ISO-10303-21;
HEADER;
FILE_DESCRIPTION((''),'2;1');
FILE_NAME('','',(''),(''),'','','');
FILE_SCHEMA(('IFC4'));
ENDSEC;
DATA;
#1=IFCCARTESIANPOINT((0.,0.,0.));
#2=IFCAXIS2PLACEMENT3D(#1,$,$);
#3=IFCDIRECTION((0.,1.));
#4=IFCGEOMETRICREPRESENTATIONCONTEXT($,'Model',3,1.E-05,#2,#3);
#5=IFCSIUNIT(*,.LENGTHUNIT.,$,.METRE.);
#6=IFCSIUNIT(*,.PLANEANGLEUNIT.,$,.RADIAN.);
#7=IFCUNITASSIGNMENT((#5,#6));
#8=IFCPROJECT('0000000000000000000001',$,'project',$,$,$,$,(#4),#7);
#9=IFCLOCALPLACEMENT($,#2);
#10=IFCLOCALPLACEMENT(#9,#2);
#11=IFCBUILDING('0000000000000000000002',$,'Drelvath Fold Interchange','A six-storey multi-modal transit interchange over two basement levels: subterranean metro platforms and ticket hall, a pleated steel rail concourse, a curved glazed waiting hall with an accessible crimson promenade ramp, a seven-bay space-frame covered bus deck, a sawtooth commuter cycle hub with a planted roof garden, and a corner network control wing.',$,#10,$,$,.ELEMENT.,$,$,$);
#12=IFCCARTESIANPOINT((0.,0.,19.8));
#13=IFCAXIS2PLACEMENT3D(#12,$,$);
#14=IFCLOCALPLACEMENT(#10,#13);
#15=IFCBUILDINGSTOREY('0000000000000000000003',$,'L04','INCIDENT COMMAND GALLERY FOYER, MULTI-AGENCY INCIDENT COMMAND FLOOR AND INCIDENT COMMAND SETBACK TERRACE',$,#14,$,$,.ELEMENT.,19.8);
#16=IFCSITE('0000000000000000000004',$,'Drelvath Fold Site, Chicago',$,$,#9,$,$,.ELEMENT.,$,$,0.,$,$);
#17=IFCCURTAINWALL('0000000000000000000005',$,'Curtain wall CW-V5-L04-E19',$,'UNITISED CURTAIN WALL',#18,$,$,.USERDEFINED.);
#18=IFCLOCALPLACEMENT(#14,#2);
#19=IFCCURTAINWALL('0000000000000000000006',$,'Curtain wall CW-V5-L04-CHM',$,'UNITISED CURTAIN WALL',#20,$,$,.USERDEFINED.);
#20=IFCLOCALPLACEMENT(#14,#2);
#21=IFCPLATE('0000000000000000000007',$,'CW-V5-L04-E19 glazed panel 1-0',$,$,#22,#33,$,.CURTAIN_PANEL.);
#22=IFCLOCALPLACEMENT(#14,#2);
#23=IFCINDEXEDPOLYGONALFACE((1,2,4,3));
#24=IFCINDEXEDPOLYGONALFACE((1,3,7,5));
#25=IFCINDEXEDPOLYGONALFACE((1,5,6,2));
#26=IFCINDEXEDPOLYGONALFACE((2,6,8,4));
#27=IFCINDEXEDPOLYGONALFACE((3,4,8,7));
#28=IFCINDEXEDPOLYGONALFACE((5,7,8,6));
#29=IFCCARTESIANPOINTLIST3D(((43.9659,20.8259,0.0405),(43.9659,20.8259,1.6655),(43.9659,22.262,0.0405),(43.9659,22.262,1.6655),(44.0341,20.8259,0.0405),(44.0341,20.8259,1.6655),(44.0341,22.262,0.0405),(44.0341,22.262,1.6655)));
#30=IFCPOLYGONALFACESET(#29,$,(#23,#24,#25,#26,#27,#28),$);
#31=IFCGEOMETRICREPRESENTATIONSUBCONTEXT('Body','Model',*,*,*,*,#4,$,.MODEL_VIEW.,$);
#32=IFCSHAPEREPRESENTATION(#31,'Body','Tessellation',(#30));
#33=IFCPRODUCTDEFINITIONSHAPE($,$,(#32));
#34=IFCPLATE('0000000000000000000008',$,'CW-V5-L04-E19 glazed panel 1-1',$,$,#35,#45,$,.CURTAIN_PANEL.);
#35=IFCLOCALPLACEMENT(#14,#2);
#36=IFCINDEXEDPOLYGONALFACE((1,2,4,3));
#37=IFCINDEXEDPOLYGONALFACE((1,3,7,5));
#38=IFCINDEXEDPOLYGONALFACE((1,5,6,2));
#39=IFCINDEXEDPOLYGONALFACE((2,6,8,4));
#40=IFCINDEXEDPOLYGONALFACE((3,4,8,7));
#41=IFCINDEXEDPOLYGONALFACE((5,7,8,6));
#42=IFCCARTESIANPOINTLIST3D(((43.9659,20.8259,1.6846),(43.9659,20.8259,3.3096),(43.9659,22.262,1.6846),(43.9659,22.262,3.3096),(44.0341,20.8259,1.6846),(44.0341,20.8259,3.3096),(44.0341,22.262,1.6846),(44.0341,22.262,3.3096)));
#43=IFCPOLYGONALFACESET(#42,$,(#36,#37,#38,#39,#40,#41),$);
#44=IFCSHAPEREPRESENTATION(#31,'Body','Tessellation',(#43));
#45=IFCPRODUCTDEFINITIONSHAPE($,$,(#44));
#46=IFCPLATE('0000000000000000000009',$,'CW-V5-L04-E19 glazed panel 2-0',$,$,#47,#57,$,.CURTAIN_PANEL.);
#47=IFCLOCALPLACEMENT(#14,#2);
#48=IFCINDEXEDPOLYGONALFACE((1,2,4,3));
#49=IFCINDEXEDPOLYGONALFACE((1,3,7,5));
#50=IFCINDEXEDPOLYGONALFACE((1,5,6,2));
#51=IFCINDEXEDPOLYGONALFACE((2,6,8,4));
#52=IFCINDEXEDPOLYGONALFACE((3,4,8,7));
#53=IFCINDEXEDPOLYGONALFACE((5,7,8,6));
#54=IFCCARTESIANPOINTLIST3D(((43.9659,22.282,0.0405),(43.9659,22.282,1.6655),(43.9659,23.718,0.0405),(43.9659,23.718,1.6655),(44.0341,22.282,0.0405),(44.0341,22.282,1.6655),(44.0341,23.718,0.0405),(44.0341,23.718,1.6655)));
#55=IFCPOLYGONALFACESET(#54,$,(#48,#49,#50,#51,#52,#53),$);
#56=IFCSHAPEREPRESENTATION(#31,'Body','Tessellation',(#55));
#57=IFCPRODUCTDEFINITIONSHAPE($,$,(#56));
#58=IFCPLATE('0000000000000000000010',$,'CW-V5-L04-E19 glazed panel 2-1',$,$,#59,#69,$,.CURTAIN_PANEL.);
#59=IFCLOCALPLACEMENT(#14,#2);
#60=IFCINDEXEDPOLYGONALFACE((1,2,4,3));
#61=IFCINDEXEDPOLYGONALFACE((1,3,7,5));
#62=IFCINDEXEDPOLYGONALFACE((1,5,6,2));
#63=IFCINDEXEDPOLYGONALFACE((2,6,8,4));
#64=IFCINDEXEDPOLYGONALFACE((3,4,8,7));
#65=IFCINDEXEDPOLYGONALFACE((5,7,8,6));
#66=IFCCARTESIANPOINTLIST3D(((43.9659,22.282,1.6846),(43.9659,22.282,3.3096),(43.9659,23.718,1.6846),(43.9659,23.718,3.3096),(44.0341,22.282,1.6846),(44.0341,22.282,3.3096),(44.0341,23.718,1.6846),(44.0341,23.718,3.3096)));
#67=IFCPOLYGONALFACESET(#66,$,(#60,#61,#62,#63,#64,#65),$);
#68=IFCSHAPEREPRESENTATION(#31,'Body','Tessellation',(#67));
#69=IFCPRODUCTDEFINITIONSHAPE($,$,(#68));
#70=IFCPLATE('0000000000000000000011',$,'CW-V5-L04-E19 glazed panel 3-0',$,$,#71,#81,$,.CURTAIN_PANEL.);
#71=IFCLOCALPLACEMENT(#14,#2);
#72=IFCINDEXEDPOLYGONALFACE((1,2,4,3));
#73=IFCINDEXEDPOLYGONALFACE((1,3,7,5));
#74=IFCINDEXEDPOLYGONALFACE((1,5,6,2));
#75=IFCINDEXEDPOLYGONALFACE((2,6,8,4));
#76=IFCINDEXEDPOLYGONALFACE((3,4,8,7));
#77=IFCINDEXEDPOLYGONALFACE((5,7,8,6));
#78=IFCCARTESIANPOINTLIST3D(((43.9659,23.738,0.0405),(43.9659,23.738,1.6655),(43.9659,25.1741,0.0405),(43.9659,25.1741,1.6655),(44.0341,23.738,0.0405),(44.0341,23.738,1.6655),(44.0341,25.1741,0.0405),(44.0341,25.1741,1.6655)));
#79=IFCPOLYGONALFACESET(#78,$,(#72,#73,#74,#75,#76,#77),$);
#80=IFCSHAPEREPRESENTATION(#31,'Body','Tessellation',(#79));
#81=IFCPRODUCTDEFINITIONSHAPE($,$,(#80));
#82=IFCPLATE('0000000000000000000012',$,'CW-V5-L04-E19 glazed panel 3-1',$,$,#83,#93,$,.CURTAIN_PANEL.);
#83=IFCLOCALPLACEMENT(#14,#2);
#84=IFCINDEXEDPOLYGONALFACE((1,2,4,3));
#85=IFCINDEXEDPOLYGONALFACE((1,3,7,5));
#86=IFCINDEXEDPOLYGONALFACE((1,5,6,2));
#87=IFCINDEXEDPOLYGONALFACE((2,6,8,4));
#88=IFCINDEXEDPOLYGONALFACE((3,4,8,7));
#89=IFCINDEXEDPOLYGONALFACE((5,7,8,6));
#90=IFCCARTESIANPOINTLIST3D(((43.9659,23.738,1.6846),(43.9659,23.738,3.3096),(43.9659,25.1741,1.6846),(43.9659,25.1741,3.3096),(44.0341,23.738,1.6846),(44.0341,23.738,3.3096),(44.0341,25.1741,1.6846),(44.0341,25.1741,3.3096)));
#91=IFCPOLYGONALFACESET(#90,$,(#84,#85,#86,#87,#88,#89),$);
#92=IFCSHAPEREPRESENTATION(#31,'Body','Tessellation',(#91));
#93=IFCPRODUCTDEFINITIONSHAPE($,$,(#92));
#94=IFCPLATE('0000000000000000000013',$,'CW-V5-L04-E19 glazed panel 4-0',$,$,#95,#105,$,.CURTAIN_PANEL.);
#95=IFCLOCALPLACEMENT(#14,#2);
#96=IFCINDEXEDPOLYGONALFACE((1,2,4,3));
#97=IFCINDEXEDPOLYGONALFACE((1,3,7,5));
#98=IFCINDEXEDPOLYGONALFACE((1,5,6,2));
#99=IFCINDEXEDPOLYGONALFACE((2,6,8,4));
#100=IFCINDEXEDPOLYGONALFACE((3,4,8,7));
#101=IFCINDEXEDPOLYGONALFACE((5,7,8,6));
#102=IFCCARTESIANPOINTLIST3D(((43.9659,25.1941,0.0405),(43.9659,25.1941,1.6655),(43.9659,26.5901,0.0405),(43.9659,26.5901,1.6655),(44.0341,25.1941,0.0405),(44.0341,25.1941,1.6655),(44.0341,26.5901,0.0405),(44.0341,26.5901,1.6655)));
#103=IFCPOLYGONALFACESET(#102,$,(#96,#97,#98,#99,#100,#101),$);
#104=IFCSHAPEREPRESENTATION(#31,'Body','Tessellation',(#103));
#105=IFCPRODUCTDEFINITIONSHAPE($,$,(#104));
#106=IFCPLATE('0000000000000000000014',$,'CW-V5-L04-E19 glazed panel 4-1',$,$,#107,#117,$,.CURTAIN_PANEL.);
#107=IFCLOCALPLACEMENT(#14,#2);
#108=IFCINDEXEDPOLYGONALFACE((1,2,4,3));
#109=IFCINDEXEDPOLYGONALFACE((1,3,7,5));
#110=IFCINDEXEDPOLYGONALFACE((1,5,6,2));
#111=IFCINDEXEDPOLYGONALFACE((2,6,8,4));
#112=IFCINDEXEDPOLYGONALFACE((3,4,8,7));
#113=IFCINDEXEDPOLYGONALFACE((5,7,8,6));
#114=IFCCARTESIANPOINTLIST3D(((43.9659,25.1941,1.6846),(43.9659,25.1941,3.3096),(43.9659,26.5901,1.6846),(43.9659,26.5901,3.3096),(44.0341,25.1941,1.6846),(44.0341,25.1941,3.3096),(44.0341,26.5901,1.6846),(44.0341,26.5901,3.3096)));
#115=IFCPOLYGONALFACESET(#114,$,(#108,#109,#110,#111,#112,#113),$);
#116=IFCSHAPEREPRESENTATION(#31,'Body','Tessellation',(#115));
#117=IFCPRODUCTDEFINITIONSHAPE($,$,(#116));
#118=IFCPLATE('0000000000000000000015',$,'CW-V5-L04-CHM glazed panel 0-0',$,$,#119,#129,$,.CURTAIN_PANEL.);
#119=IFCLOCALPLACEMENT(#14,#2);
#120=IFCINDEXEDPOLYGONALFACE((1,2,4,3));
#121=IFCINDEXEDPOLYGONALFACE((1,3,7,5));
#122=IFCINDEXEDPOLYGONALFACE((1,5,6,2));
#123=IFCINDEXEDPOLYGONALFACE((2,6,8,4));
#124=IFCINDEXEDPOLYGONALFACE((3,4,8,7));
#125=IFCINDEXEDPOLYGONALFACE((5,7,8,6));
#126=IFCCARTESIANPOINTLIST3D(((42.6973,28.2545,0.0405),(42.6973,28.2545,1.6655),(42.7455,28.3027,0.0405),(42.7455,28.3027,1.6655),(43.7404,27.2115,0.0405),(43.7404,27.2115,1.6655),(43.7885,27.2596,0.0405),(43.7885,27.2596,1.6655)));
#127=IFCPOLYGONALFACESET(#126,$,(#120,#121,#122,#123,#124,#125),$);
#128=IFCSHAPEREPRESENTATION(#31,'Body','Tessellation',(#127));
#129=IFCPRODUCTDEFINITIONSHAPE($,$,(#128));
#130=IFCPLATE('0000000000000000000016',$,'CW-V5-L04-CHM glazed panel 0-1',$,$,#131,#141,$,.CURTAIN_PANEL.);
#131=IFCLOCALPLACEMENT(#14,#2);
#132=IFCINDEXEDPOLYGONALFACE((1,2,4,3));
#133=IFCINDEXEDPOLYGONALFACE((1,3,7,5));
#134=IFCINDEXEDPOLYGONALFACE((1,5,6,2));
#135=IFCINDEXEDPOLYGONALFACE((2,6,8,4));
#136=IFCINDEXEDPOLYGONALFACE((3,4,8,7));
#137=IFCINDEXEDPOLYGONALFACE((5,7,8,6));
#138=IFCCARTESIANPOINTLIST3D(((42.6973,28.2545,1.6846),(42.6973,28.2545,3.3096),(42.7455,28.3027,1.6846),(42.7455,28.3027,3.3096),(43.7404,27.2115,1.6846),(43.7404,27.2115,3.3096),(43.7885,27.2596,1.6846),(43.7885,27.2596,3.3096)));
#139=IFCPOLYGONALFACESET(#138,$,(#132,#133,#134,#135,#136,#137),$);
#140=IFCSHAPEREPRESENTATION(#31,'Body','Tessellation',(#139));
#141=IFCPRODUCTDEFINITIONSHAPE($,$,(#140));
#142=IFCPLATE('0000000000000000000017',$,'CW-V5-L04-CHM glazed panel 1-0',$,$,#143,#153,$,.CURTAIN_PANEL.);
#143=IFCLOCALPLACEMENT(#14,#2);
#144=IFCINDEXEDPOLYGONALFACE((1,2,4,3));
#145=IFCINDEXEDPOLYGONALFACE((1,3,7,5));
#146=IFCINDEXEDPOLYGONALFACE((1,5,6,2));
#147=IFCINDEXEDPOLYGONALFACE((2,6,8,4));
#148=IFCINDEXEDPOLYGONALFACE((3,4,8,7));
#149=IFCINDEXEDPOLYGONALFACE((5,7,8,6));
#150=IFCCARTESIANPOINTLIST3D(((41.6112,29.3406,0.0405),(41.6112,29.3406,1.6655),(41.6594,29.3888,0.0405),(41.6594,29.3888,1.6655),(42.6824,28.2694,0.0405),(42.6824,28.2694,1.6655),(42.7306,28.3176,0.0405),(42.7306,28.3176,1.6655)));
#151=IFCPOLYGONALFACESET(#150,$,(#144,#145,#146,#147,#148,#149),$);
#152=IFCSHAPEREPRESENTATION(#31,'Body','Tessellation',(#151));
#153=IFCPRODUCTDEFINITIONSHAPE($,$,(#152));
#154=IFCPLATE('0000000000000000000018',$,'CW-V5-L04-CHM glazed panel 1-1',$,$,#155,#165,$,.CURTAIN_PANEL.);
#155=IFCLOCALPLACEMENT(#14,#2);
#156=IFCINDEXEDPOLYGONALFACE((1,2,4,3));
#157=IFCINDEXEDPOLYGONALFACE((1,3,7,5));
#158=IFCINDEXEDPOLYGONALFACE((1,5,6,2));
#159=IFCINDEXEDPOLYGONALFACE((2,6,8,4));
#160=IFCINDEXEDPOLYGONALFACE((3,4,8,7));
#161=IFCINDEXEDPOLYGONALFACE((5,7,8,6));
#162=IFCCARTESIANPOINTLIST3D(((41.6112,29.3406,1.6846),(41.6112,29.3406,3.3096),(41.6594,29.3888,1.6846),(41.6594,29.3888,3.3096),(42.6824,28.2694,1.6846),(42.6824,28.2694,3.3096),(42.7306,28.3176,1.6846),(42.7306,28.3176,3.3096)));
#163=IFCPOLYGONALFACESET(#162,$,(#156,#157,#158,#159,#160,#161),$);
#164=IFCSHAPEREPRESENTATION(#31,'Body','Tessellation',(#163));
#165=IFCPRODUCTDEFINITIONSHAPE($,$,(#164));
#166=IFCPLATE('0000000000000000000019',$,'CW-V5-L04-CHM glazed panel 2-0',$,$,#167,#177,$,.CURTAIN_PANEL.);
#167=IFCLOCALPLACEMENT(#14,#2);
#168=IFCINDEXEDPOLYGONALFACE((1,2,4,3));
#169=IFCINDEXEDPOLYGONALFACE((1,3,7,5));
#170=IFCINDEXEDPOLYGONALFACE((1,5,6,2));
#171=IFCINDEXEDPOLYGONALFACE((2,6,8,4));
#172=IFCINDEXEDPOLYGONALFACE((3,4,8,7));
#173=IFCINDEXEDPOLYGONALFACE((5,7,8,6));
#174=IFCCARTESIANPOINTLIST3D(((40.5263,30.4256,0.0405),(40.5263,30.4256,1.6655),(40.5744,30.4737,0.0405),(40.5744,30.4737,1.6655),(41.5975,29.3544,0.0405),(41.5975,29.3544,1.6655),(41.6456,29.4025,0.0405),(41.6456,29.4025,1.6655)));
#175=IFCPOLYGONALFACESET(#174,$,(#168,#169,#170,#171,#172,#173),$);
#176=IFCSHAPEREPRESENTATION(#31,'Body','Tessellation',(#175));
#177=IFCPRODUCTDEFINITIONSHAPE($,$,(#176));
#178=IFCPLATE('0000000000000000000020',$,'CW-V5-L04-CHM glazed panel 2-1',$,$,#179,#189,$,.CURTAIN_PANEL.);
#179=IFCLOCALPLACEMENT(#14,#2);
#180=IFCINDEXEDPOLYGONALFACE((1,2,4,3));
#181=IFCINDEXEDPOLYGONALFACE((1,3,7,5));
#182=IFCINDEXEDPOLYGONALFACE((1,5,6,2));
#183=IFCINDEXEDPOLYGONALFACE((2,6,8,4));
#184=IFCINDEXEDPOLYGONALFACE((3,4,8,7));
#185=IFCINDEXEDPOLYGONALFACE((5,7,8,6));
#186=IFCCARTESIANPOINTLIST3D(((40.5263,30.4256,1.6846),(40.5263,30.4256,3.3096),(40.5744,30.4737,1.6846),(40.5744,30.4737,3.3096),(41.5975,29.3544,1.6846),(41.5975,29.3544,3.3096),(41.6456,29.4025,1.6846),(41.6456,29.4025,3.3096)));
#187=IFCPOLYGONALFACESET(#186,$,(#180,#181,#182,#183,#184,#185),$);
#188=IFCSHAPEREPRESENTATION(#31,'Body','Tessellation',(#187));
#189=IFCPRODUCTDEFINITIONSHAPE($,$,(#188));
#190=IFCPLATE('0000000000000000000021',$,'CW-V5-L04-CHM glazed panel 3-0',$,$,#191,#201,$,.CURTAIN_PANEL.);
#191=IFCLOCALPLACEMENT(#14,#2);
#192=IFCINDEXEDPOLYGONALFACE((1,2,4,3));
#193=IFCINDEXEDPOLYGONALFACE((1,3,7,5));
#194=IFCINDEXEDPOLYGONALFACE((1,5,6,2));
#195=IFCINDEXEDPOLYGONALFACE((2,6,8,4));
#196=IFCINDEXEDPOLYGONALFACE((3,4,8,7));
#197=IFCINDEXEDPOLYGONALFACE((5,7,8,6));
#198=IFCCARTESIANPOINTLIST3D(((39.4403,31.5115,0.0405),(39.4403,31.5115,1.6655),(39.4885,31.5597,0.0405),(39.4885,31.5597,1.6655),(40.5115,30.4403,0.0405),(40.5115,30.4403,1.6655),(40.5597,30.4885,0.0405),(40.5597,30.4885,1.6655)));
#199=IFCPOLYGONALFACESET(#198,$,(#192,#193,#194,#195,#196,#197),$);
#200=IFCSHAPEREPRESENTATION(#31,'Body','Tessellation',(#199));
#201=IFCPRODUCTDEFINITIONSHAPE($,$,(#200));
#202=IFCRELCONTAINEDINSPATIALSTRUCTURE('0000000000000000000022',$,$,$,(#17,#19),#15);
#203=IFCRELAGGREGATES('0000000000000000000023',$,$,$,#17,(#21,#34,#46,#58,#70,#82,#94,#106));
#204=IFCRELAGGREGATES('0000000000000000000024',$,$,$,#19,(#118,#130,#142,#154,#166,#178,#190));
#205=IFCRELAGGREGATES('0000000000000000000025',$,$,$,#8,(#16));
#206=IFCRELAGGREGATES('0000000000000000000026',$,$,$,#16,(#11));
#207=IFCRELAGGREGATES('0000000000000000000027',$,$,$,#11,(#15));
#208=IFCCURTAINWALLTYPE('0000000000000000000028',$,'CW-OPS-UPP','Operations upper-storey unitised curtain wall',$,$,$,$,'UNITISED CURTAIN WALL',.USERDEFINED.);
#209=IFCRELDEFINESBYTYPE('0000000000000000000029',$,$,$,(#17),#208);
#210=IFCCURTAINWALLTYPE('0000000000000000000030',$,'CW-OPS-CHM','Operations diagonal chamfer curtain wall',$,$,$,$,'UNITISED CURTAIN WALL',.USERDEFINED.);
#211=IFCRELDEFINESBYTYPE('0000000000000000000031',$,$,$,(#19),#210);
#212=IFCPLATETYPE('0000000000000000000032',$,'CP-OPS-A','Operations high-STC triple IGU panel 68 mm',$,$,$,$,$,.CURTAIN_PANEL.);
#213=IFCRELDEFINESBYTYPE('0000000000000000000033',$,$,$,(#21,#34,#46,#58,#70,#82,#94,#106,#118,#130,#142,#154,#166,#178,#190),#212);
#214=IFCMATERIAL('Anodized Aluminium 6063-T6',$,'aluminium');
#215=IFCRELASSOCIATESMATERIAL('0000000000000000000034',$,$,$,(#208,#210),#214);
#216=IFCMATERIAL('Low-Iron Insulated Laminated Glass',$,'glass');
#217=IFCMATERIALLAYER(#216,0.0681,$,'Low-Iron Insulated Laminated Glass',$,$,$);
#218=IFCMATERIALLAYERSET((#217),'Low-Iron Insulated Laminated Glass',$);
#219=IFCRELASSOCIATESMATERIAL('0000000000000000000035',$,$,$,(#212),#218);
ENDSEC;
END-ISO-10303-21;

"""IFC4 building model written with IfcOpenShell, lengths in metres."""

from ifc_helpers import new_model, si_unit, direction, frame, origin, origin_2d, place, context, subcontext, project, spatial, rectangle, extrude, material, layer, layer_set, type_object, element, aggregate, save


model = new_model("IFC4")

# Units and contexts
model_context = context("Model", 3, precision=1e-05, world=origin(), true_north=direction((0.0, 1.0)))
body_context = subcontext(model_context, "Body", "Model", "MODEL_VIEW")
ifc_project = project(units=[si_unit("LENGTHUNIT", "METRE"), si_unit("PLANEANGLEUNIT", "RADIAN")], contexts=[model_context])

# Site, building, storey
site_placement = place(None, origin())
site = spatial("IfcSite", under=ifc_project, at=site_placement, Name="Drelvath Fold Site, Chicago", CompositionType="ELEMENT", RefElevation=0.0)
building_placement = place(site_placement, origin())
building = spatial("IfcBuilding", under=site, at=building_placement, Name="Drelvath Fold Interchange", Description="A six-storey multi-modal transit interchange over two basement levels: subterranean metro platforms and ticket hall, a pleated steel rail concourse, a curved glazed waiting hall with an accessible crimson promenade ramp, a seven-bay space-frame covered bus deck, a sawtooth commuter cycle hub with a planted roof garden, and a corner network control wing.", CompositionType="ELEMENT")
storey_placement = place(building_placement, frame((0.0, 0.0, 19.8)))
storey = spatial("IfcBuildingStorey", under=building, at=storey_placement, Name="L04", Description="INCIDENT COMMAND GALLERY FOYER, MULTI-AGENCY INCIDENT COMMAND FLOOR AND INCIDENT COMMAND SETBACK TERRACE", CompositionType="ELEMENT", Elevation=19.8)

# Curtain walls
ifc_material_1 = material(Name="Anodized Aluminium 6063-T6", Category="aluminium")
curtain_wall_type_1 = type_object("IfcCurtainWallType", Name="CW-OPS-UPP", Description="Operations upper-storey unitised curtain wall", ElementType="UNITISED CURTAIN WALL", PredefinedType="USERDEFINED", material=ifc_material_1)
curtain_wall_1_placement = place(storey_placement, origin())
curtain_wall_1 = element("IfcCurtainWall", 1, at=curtain_wall_1_placement, inside=storey, type_object=curtain_wall_type_1, Name="Curtain wall CW-V5-L04-E19", ObjectType="UNITISED CURTAIN WALL", PredefinedType="USERDEFINED")
curtain_wall_type_2 = type_object("IfcCurtainWallType", Name="CW-OPS-CHM", Description="Operations diagonal chamfer curtain wall", ElementType="UNITISED CURTAIN WALL", PredefinedType="USERDEFINED", material=ifc_material_1)
curtain_wall_2_placement = place(storey_placement, origin())
curtain_wall_2 = element("IfcCurtainWall", 2, at=curtain_wall_2_placement, inside=storey, type_object=curtain_wall_type_2, Name="Curtain wall CW-V5-L04-CHM", ObjectType="UNITISED CURTAIN WALL", PredefinedType="USERDEFINED")

# Plates
ifc_material_2 = material(Name="Low-Iron Insulated Laminated Glass", Category="glass")
ifc_layer_1 = layer(ifc_material_2, 0.0681, Name="Low-Iron Insulated Laminated Glass")
ifc_layer_set_1 = layer_set([ifc_layer_1], Name="Low-Iron Insulated Laminated Glass")
plate_type = type_object("IfcPlateType", Name="CP-OPS-A", Description="Operations high-STC triple IGU panel 68 mm", PredefinedType="CURTAIN_PANEL", material=ifc_layer_set_1)
plate_1_placement = place(storey_placement, frame((44.0, 21.5439, 0.0405), z_axis=(0.0, 0.0, 1.0), x_axis=(0.0, 1.0, 0.0)))
plate_1 = element("IfcPlate", 3, at=plate_1_placement, type_object=plate_type, Name="CW-V5-L04-E19 glazed panel 1-0", PredefinedType="CURTAIN_PANEL", context=body_context, shape_type="SweptSolid", body=[
    extrude(rectangle(XDim=1.436, YDim=0.0681, at=origin_2d()), origin(), (0.0, 0.0, 1.0), 1.625),
])
plate_2_placement = place(storey_placement, frame((44.0, 21.5439, 1.6846), z_axis=(0.0, 0.0, 1.0), x_axis=(0.0, 1.0, 0.0)))
plate_2 = element("IfcPlate", 4, at=plate_2_placement, type_object=plate_type, Name="CW-V5-L04-E19 glazed panel 1-1", PredefinedType="CURTAIN_PANEL", context=body_context, shape_type="SweptSolid", body=[
    extrude(rectangle(XDim=1.436, YDim=0.0681, at=origin_2d()), origin(), (0.0, 0.0, 1.0), 1.625),
])
plate_3_placement = place(storey_placement, frame((44.0, 23.0, 0.0405), z_axis=(0.0, 0.0, 1.0), x_axis=(0.0, 1.0, 0.0)))
plate_3 = element("IfcPlate", 5, at=plate_3_placement, type_object=plate_type, Name="CW-V5-L04-E19 glazed panel 2-0", PredefinedType="CURTAIN_PANEL", context=body_context, shape_type="SweptSolid", body=[
    extrude(rectangle(XDim=1.436, YDim=0.0681, at=origin_2d()), origin(), (0.0, 0.0, 1.0), 1.625),
])
plate_4_placement = place(storey_placement, frame((44.0, 23.0, 1.6846), z_axis=(0.0, 0.0, 1.0), x_axis=(0.0, 1.0, 0.0)))
plate_4 = element("IfcPlate", 6, at=plate_4_placement, type_object=plate_type, Name="CW-V5-L04-E19 glazed panel 2-1", PredefinedType="CURTAIN_PANEL", context=body_context, shape_type="SweptSolid", body=[
    extrude(rectangle(XDim=1.436, YDim=0.0681, at=origin_2d()), origin(), (0.0, 0.0, 1.0), 1.625),
])
plate_5_placement = place(storey_placement, frame((44.0, 24.4561, 0.0405), z_axis=(0.0, 0.0, 1.0), x_axis=(0.0, 1.0, 0.0)))
plate_5 = element("IfcPlate", 7, at=plate_5_placement, type_object=plate_type, Name="CW-V5-L04-E19 glazed panel 3-0", PredefinedType="CURTAIN_PANEL", context=body_context, shape_type="SweptSolid", body=[
    extrude(rectangle(XDim=1.436, YDim=0.0681, at=origin_2d()), origin(), (0.0, 0.0, 1.0), 1.625),
])
plate_6_placement = place(storey_placement, frame((44.0, 24.4561, 1.6846), z_axis=(0.0, 0.0, 1.0), x_axis=(0.0, 1.0, 0.0)))
plate_6 = element("IfcPlate", 8, at=plate_6_placement, type_object=plate_type, Name="CW-V5-L04-E19 glazed panel 3-1", PredefinedType="CURTAIN_PANEL", context=body_context, shape_type="SweptSolid", body=[
    extrude(rectangle(XDim=1.436, YDim=0.0681, at=origin_2d()), origin(), (0.0, 0.0, 1.0), 1.625),
])
plate_7_placement = place(storey_placement, frame((44.0, 25.8921, 0.0405), z_axis=(0.0, 0.0, 1.0), x_axis=(0.0, 1.0, 0.0)))
plate_7 = element("IfcPlate", 9, at=plate_7_placement, type_object=plate_type, Name="CW-V5-L04-E19 glazed panel 4-0", PredefinedType="CURTAIN_PANEL", context=body_context, shape_type="SweptSolid", body=[
    extrude(rectangle(XDim=1.396, YDim=0.0681, at=origin_2d()), origin(), (0.0, 0.0, 1.0), 1.625),
])
plate_8_placement = place(storey_placement, frame((44.0, 25.8921, 1.6846), z_axis=(0.0, 0.0, 1.0), x_axis=(0.0, 1.0, 0.0)))
plate_8 = element("IfcPlate", 10, at=plate_8_placement, type_object=plate_type, Name="CW-V5-L04-E19 glazed panel 4-1", PredefinedType="CURTAIN_PANEL", context=body_context, shape_type="SweptSolid", body=[
    extrude(rectangle(XDim=1.396, YDim=0.0681, at=origin_2d()), origin(), (0.0, 0.0, 1.0), 1.625),
])
aggregate(curtain_wall_1, [plate_1, plate_2, plate_3, plate_4, plate_5, plate_6, plate_7, plate_8])
plate_9_placement = place(storey_placement, frame((43.2429, 27.7571, 0.0405), z_axis=(0.0, 0.0, 1.0), x_axis=(-0.707107, 0.707107, 0.0)))
plate_9 = element("IfcPlate", 11, at=plate_9_placement, type_object=plate_type, Name="CW-V5-L04-CHM glazed panel 0-0", PredefinedType="CURTAIN_PANEL", context=body_context, shape_type="SweptSolid", body=[
    extrude(rectangle(XDim=1.4751, YDim=0.0681, at=origin_2d()), origin(), (0.0, 0.0, 1.0), 1.625),
])
plate_10_placement = place(storey_placement, frame((43.2429, 27.7571, 1.6846), z_axis=(0.0, 0.0, 1.0), x_axis=(-0.707107, 0.707107, 0.0)))
plate_10 = element("IfcPlate", 12, at=plate_10_placement, type_object=plate_type, Name="CW-V5-L04-CHM glazed panel 0-1", PredefinedType="CURTAIN_PANEL", context=body_context, shape_type="SweptSolid", body=[
    extrude(rectangle(XDim=1.4751, YDim=0.0681, at=origin_2d()), origin(), (0.0, 0.0, 1.0), 1.625),
])
plate_11_placement = place(storey_placement, frame((42.1709, 28.8291, 0.0405), z_axis=(0.0, 0.0, 1.0), x_axis=(-0.707107, 0.707107, 0.0)))
plate_11 = element("IfcPlate", 13, at=plate_11_placement, type_object=plate_type, Name="CW-V5-L04-CHM glazed panel 1-0", PredefinedType="CURTAIN_PANEL", context=body_context, shape_type="SweptSolid", body=[
    extrude(rectangle(XDim=1.5149, YDim=0.0681, at=origin_2d()), origin(), (0.0, 0.0, 1.0), 1.625),
])
plate_12_placement = place(storey_placement, frame((42.1709, 28.8291, 1.6846), z_axis=(0.0, 0.0, 1.0), x_axis=(-0.707107, 0.707107, 0.0)))
plate_12 = element("IfcPlate", 14, at=plate_12_placement, type_object=plate_type, Name="CW-V5-L04-CHM glazed panel 1-1", PredefinedType="CURTAIN_PANEL", context=body_context, shape_type="SweptSolid", body=[
    extrude(rectangle(XDim=1.5149, YDim=0.0681, at=origin_2d()), origin(), (0.0, 0.0, 1.0), 1.625),
])
plate_13_placement = place(storey_placement, frame((41.0859, 29.9141, 0.0405), z_axis=(0.0, 0.0, 1.0), x_axis=(-0.707107, 0.707107, 0.0)))
plate_13 = element("IfcPlate", 15, at=plate_13_placement, type_object=plate_type, Name="CW-V5-L04-CHM glazed panel 2-0", PredefinedType="CURTAIN_PANEL", context=body_context, shape_type="SweptSolid", body=[
    extrude(rectangle(XDim=1.5149, YDim=0.0681, at=origin_2d()), origin(), (0.0, 0.0, 1.0), 1.625),
])
plate_14_placement = place(storey_placement, frame((41.0859, 29.9141, 1.6846), z_axis=(0.0, 0.0, 1.0), x_axis=(-0.707107, 0.707107, 0.0)))
plate_14 = element("IfcPlate", 16, at=plate_14_placement, type_object=plate_type, Name="CW-V5-L04-CHM glazed panel 2-1", PredefinedType="CURTAIN_PANEL", context=body_context, shape_type="SweptSolid", body=[
    extrude(rectangle(XDim=1.5149, YDim=0.0681, at=origin_2d()), origin(), (0.0, 0.0, 1.0), 1.625),
])
plate_15_placement = place(storey_placement, frame((40.0, 31.0, 0.0405), z_axis=(0.0, 0.0, 1.0), x_axis=(-0.707107, 0.707107, 0.0)))
plate_15 = element("IfcPlate", 17, at=plate_15_placement, type_object=plate_type, Name="CW-V5-L04-CHM glazed panel 3-0", PredefinedType="CURTAIN_PANEL", context=body_context, shape_type="SweptSolid", body=[
    extrude(rectangle(XDim=1.5149, YDim=0.0681, at=origin_2d()), origin(), (0.0, 0.0, 1.0), 1.625),
])
aggregate(curtain_wall_2, [plate_9, plate_10, plate_11, plate_12, plate_13, plate_14, plate_15])

save(model, "model.ifc")
